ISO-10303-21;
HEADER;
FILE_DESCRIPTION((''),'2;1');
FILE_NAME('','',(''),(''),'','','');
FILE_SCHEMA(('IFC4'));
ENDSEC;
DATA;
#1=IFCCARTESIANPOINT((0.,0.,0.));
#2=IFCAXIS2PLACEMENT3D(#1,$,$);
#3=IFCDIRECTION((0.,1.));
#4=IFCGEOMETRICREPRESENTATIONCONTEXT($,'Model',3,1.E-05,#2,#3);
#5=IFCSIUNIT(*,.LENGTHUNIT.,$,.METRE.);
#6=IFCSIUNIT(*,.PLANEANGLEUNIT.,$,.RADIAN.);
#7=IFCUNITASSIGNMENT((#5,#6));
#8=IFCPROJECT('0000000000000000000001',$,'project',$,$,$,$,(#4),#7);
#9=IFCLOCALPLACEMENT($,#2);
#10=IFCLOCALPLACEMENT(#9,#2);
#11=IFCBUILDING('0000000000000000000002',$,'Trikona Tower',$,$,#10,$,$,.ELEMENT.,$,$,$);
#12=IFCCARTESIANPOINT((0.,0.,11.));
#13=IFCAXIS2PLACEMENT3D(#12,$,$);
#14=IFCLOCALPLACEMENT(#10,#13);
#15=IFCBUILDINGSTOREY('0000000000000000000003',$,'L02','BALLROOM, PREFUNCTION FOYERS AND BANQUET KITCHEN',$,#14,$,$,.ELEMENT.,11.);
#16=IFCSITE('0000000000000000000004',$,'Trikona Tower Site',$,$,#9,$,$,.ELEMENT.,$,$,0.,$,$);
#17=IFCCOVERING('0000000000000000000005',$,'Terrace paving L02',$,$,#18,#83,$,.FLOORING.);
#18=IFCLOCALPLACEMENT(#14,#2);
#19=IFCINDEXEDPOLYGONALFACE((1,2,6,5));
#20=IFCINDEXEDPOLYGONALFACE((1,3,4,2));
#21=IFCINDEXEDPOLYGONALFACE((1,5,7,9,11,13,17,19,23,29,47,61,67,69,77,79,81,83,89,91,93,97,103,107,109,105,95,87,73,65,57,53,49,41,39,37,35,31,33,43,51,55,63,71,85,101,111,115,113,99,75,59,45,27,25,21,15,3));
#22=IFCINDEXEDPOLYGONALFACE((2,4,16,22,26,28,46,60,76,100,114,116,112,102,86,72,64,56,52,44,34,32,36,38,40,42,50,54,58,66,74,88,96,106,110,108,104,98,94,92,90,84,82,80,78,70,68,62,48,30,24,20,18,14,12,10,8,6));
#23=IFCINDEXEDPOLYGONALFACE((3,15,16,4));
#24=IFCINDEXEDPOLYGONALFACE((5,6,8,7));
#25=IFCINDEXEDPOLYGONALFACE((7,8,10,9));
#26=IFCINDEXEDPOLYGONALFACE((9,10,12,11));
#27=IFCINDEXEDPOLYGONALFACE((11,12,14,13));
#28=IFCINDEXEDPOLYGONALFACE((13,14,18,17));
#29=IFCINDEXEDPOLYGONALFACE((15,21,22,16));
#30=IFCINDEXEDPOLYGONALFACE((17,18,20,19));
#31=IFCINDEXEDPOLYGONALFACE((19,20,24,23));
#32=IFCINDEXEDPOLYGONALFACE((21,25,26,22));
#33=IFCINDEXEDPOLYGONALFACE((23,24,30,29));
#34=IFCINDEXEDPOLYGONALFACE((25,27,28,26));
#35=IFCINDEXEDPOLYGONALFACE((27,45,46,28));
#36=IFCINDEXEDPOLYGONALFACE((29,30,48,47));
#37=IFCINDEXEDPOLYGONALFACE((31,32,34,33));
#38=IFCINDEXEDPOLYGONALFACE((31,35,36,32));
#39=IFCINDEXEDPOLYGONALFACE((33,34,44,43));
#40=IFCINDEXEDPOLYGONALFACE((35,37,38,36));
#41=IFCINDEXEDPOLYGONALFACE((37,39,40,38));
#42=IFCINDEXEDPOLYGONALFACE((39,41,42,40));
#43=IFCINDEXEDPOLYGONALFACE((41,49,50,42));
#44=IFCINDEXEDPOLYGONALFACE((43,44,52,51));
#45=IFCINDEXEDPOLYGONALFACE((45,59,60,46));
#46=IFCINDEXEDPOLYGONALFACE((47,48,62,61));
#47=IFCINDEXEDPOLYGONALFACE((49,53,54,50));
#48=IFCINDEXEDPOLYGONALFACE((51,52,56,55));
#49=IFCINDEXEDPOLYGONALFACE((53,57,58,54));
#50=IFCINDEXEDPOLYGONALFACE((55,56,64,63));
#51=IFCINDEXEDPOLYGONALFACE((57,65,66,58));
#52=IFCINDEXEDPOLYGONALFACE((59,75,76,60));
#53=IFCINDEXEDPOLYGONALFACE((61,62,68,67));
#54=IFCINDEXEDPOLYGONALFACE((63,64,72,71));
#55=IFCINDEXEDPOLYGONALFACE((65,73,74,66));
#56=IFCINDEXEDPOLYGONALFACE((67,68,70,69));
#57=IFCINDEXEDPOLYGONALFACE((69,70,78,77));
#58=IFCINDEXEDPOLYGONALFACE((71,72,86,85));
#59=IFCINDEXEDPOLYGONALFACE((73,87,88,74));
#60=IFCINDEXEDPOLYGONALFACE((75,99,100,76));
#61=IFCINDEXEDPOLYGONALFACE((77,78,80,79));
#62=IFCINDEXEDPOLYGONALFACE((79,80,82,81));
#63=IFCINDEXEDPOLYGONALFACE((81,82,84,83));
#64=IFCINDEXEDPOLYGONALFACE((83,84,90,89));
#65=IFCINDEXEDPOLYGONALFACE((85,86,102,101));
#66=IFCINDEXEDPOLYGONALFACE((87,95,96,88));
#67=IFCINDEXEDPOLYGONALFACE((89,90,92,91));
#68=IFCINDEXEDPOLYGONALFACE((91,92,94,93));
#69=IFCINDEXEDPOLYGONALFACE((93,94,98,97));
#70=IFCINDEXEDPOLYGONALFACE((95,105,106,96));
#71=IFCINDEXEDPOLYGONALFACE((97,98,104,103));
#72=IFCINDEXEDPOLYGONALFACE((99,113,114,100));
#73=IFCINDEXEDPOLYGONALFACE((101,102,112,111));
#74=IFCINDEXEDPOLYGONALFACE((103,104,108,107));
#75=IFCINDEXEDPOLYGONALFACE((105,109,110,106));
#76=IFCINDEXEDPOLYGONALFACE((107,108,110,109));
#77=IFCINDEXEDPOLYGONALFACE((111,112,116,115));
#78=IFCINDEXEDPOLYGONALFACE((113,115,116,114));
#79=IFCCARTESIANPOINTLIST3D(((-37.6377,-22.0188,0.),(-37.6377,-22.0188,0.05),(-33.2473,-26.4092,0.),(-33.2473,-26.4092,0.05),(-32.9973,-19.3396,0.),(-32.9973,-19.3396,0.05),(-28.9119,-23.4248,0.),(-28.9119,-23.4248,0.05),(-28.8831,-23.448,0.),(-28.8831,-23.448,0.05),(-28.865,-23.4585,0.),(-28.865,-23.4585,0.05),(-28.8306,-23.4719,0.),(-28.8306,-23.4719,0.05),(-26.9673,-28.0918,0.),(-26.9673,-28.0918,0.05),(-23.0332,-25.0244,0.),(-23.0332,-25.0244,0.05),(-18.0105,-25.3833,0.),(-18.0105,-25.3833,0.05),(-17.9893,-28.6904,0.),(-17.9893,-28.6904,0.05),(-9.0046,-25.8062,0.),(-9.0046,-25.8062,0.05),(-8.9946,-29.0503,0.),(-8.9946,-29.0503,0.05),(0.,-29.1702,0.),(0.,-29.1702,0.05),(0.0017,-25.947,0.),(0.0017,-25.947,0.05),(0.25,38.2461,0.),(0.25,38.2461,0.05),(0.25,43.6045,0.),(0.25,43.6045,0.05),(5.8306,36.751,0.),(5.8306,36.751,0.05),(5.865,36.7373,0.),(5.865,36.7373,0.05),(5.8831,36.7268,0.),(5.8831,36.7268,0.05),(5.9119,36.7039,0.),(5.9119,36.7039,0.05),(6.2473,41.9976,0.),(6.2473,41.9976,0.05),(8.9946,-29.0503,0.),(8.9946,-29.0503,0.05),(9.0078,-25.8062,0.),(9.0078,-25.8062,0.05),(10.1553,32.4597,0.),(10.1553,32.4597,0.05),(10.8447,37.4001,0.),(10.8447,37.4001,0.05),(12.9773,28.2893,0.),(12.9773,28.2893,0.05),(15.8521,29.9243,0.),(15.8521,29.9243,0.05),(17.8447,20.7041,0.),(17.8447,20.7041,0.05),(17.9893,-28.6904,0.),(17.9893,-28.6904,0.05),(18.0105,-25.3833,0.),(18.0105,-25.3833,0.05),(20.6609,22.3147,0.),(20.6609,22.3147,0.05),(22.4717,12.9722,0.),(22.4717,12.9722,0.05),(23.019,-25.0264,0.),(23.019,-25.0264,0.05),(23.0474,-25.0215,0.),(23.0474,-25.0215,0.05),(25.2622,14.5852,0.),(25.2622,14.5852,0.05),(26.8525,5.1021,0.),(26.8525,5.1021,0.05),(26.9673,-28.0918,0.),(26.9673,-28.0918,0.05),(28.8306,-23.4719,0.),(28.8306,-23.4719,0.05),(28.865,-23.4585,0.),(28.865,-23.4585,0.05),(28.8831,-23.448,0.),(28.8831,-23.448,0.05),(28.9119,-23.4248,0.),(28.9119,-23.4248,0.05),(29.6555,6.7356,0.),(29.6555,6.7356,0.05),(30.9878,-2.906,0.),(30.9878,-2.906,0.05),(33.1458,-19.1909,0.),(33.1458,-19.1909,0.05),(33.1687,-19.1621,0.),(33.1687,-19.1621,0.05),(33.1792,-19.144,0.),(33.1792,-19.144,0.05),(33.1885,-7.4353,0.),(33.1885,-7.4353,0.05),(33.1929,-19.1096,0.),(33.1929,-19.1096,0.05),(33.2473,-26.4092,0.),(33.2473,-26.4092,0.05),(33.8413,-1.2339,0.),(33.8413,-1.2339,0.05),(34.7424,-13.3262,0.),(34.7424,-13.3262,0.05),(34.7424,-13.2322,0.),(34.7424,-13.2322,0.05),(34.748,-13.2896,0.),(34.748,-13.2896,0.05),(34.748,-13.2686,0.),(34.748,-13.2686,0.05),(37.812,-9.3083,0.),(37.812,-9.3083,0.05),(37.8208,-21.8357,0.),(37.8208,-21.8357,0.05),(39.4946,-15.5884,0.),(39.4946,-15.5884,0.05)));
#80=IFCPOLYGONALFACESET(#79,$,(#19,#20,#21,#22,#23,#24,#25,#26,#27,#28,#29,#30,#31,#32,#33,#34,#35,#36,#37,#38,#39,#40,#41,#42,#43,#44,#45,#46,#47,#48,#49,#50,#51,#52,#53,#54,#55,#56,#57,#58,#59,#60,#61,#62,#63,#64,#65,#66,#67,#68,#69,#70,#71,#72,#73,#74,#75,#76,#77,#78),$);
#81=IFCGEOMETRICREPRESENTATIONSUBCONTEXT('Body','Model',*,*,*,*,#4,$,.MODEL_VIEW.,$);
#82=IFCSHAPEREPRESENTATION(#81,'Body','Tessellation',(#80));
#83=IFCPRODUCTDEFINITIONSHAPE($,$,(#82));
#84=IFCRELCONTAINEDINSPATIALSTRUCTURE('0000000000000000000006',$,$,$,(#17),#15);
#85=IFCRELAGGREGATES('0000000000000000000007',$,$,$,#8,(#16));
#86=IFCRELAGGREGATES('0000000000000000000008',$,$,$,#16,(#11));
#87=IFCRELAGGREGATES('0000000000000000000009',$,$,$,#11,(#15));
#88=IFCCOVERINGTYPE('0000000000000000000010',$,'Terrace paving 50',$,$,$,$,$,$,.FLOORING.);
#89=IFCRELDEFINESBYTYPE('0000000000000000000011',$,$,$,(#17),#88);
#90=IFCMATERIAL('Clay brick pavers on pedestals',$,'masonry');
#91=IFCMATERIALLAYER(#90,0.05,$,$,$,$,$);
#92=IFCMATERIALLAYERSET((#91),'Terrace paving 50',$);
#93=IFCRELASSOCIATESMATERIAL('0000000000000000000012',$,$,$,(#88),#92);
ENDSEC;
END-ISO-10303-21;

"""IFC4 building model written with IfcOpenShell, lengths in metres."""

from ifc_helpers import new_model, si_unit, direction, frame, origin, place, context, subcontext, project, spatial, polyline, outline, extrude, material, layer, layer_set, type_object, element, save


model = new_model("IFC4")

# Units and contexts
model_context = context("Model", 3, precision=1e-05, world=origin(), true_north=direction((0.0, 1.0)))
body_context = subcontext(model_context, "Body", "Model", "MODEL_VIEW")
ifc_project = project(units=[si_unit("LENGTHUNIT", "METRE"), si_unit("PLANEANGLEUNIT", "RADIAN")], contexts=[model_context])

# Site, building, storey
site_placement = place(None, origin())
site = spatial("IfcSite", under=ifc_project, at=site_placement, Name="Trikona Tower Site", CompositionType="ELEMENT", RefElevation=0.0)
building_placement = place(site_placement, origin())
building = spatial("IfcBuilding", under=site, at=building_placement, Name="Trikona Tower", CompositionType="ELEMENT")
storey_placement = place(building_placement, frame((0.0, 0.0, 11.0)))
storey = spatial("IfcBuildingStorey", under=building, at=storey_placement, Name="L02", Description="BALLROOM, PREFUNCTION FOYERS AND BANQUET KITCHEN", CompositionType="ELEMENT", Elevation=11.0)

# Covering
ifc_material_1 = material(Name="Clay brick pavers on pedestals", Category="masonry")
ifc_layer_1 = layer(ifc_material_1, 0.05)
ifc_layer_set_1 = layer_set([ifc_layer_1], Name="Terrace paving 50")
covering_type = type_object("IfcCoveringType", Name="Terrace paving 50", PredefinedType="FLOORING", material=ifc_layer_set_1)
covering_placement = place(storey_placement, origin())
element("IfcCovering", 1, at=covering_placement, inside=storey, type_object=covering_type, Name="Terrace paving L02", PredefinedType="FLOORING", context=body_context, shape_type="SweptSolid", body=[
    extrude(outline(polyline([(-37.6377, -22.0188), (-33.2473, -26.4092), (-26.9673, -28.0918), (-17.9893, -28.6904), (-8.9946, -29.0503), (0.0, -29.1702), (8.9946, -29.0503), (17.9893, -28.6904), (26.9673, -28.0918), (33.2473, -26.4092), (37.8208, -21.8357), (39.4946, -15.5884), (37.812, -9.3083), (33.8413, -1.2339), (29.6555, 6.7356), (25.2622, 14.5852), (20.6609, 22.3147), (15.8521, 29.9243), (10.8447, 37.4001), (6.2473, 41.9976), (0.25, 43.6045), (0.25, 38.2461), (5.8306, 36.751), (5.865, 36.7373), (5.8831, 36.7268), (5.9119, 36.7039), (10.1553, 32.4597), (12.9773, 28.2893), (17.8447, 20.7041), (22.4717, 12.9722), (26.8525, 5.1021), (30.9878, -2.906), (33.1885, -7.4353), (34.7424, -13.2322), (34.748, -13.2686), (34.748, -13.2896), (34.7424, -13.3262), (33.1929, -19.1096), (33.1792, -19.144), (33.1687, -19.1621), (33.1458, -19.1909), (28.9119, -23.4248), (28.8831, -23.448), (28.865, -23.4585), (28.8306, -23.4719), (23.0474, -25.0215), (23.019, -25.0264), (18.0105, -25.3833), (9.0078, -25.8062), (0.0017, -25.947), (-9.0046, -25.8062), (-18.0105, -25.3833), (-23.0332, -25.0244), (-28.8306, -23.4719), (-28.865, -23.4585), (-28.8831, -23.448), (-28.9119, -23.4248), (-32.9973, -19.3396), (-37.6377, -22.0188)])), origin(), (0.0, 0.0, 1.0), 0.05),
])

save(model, "model.ifc")
